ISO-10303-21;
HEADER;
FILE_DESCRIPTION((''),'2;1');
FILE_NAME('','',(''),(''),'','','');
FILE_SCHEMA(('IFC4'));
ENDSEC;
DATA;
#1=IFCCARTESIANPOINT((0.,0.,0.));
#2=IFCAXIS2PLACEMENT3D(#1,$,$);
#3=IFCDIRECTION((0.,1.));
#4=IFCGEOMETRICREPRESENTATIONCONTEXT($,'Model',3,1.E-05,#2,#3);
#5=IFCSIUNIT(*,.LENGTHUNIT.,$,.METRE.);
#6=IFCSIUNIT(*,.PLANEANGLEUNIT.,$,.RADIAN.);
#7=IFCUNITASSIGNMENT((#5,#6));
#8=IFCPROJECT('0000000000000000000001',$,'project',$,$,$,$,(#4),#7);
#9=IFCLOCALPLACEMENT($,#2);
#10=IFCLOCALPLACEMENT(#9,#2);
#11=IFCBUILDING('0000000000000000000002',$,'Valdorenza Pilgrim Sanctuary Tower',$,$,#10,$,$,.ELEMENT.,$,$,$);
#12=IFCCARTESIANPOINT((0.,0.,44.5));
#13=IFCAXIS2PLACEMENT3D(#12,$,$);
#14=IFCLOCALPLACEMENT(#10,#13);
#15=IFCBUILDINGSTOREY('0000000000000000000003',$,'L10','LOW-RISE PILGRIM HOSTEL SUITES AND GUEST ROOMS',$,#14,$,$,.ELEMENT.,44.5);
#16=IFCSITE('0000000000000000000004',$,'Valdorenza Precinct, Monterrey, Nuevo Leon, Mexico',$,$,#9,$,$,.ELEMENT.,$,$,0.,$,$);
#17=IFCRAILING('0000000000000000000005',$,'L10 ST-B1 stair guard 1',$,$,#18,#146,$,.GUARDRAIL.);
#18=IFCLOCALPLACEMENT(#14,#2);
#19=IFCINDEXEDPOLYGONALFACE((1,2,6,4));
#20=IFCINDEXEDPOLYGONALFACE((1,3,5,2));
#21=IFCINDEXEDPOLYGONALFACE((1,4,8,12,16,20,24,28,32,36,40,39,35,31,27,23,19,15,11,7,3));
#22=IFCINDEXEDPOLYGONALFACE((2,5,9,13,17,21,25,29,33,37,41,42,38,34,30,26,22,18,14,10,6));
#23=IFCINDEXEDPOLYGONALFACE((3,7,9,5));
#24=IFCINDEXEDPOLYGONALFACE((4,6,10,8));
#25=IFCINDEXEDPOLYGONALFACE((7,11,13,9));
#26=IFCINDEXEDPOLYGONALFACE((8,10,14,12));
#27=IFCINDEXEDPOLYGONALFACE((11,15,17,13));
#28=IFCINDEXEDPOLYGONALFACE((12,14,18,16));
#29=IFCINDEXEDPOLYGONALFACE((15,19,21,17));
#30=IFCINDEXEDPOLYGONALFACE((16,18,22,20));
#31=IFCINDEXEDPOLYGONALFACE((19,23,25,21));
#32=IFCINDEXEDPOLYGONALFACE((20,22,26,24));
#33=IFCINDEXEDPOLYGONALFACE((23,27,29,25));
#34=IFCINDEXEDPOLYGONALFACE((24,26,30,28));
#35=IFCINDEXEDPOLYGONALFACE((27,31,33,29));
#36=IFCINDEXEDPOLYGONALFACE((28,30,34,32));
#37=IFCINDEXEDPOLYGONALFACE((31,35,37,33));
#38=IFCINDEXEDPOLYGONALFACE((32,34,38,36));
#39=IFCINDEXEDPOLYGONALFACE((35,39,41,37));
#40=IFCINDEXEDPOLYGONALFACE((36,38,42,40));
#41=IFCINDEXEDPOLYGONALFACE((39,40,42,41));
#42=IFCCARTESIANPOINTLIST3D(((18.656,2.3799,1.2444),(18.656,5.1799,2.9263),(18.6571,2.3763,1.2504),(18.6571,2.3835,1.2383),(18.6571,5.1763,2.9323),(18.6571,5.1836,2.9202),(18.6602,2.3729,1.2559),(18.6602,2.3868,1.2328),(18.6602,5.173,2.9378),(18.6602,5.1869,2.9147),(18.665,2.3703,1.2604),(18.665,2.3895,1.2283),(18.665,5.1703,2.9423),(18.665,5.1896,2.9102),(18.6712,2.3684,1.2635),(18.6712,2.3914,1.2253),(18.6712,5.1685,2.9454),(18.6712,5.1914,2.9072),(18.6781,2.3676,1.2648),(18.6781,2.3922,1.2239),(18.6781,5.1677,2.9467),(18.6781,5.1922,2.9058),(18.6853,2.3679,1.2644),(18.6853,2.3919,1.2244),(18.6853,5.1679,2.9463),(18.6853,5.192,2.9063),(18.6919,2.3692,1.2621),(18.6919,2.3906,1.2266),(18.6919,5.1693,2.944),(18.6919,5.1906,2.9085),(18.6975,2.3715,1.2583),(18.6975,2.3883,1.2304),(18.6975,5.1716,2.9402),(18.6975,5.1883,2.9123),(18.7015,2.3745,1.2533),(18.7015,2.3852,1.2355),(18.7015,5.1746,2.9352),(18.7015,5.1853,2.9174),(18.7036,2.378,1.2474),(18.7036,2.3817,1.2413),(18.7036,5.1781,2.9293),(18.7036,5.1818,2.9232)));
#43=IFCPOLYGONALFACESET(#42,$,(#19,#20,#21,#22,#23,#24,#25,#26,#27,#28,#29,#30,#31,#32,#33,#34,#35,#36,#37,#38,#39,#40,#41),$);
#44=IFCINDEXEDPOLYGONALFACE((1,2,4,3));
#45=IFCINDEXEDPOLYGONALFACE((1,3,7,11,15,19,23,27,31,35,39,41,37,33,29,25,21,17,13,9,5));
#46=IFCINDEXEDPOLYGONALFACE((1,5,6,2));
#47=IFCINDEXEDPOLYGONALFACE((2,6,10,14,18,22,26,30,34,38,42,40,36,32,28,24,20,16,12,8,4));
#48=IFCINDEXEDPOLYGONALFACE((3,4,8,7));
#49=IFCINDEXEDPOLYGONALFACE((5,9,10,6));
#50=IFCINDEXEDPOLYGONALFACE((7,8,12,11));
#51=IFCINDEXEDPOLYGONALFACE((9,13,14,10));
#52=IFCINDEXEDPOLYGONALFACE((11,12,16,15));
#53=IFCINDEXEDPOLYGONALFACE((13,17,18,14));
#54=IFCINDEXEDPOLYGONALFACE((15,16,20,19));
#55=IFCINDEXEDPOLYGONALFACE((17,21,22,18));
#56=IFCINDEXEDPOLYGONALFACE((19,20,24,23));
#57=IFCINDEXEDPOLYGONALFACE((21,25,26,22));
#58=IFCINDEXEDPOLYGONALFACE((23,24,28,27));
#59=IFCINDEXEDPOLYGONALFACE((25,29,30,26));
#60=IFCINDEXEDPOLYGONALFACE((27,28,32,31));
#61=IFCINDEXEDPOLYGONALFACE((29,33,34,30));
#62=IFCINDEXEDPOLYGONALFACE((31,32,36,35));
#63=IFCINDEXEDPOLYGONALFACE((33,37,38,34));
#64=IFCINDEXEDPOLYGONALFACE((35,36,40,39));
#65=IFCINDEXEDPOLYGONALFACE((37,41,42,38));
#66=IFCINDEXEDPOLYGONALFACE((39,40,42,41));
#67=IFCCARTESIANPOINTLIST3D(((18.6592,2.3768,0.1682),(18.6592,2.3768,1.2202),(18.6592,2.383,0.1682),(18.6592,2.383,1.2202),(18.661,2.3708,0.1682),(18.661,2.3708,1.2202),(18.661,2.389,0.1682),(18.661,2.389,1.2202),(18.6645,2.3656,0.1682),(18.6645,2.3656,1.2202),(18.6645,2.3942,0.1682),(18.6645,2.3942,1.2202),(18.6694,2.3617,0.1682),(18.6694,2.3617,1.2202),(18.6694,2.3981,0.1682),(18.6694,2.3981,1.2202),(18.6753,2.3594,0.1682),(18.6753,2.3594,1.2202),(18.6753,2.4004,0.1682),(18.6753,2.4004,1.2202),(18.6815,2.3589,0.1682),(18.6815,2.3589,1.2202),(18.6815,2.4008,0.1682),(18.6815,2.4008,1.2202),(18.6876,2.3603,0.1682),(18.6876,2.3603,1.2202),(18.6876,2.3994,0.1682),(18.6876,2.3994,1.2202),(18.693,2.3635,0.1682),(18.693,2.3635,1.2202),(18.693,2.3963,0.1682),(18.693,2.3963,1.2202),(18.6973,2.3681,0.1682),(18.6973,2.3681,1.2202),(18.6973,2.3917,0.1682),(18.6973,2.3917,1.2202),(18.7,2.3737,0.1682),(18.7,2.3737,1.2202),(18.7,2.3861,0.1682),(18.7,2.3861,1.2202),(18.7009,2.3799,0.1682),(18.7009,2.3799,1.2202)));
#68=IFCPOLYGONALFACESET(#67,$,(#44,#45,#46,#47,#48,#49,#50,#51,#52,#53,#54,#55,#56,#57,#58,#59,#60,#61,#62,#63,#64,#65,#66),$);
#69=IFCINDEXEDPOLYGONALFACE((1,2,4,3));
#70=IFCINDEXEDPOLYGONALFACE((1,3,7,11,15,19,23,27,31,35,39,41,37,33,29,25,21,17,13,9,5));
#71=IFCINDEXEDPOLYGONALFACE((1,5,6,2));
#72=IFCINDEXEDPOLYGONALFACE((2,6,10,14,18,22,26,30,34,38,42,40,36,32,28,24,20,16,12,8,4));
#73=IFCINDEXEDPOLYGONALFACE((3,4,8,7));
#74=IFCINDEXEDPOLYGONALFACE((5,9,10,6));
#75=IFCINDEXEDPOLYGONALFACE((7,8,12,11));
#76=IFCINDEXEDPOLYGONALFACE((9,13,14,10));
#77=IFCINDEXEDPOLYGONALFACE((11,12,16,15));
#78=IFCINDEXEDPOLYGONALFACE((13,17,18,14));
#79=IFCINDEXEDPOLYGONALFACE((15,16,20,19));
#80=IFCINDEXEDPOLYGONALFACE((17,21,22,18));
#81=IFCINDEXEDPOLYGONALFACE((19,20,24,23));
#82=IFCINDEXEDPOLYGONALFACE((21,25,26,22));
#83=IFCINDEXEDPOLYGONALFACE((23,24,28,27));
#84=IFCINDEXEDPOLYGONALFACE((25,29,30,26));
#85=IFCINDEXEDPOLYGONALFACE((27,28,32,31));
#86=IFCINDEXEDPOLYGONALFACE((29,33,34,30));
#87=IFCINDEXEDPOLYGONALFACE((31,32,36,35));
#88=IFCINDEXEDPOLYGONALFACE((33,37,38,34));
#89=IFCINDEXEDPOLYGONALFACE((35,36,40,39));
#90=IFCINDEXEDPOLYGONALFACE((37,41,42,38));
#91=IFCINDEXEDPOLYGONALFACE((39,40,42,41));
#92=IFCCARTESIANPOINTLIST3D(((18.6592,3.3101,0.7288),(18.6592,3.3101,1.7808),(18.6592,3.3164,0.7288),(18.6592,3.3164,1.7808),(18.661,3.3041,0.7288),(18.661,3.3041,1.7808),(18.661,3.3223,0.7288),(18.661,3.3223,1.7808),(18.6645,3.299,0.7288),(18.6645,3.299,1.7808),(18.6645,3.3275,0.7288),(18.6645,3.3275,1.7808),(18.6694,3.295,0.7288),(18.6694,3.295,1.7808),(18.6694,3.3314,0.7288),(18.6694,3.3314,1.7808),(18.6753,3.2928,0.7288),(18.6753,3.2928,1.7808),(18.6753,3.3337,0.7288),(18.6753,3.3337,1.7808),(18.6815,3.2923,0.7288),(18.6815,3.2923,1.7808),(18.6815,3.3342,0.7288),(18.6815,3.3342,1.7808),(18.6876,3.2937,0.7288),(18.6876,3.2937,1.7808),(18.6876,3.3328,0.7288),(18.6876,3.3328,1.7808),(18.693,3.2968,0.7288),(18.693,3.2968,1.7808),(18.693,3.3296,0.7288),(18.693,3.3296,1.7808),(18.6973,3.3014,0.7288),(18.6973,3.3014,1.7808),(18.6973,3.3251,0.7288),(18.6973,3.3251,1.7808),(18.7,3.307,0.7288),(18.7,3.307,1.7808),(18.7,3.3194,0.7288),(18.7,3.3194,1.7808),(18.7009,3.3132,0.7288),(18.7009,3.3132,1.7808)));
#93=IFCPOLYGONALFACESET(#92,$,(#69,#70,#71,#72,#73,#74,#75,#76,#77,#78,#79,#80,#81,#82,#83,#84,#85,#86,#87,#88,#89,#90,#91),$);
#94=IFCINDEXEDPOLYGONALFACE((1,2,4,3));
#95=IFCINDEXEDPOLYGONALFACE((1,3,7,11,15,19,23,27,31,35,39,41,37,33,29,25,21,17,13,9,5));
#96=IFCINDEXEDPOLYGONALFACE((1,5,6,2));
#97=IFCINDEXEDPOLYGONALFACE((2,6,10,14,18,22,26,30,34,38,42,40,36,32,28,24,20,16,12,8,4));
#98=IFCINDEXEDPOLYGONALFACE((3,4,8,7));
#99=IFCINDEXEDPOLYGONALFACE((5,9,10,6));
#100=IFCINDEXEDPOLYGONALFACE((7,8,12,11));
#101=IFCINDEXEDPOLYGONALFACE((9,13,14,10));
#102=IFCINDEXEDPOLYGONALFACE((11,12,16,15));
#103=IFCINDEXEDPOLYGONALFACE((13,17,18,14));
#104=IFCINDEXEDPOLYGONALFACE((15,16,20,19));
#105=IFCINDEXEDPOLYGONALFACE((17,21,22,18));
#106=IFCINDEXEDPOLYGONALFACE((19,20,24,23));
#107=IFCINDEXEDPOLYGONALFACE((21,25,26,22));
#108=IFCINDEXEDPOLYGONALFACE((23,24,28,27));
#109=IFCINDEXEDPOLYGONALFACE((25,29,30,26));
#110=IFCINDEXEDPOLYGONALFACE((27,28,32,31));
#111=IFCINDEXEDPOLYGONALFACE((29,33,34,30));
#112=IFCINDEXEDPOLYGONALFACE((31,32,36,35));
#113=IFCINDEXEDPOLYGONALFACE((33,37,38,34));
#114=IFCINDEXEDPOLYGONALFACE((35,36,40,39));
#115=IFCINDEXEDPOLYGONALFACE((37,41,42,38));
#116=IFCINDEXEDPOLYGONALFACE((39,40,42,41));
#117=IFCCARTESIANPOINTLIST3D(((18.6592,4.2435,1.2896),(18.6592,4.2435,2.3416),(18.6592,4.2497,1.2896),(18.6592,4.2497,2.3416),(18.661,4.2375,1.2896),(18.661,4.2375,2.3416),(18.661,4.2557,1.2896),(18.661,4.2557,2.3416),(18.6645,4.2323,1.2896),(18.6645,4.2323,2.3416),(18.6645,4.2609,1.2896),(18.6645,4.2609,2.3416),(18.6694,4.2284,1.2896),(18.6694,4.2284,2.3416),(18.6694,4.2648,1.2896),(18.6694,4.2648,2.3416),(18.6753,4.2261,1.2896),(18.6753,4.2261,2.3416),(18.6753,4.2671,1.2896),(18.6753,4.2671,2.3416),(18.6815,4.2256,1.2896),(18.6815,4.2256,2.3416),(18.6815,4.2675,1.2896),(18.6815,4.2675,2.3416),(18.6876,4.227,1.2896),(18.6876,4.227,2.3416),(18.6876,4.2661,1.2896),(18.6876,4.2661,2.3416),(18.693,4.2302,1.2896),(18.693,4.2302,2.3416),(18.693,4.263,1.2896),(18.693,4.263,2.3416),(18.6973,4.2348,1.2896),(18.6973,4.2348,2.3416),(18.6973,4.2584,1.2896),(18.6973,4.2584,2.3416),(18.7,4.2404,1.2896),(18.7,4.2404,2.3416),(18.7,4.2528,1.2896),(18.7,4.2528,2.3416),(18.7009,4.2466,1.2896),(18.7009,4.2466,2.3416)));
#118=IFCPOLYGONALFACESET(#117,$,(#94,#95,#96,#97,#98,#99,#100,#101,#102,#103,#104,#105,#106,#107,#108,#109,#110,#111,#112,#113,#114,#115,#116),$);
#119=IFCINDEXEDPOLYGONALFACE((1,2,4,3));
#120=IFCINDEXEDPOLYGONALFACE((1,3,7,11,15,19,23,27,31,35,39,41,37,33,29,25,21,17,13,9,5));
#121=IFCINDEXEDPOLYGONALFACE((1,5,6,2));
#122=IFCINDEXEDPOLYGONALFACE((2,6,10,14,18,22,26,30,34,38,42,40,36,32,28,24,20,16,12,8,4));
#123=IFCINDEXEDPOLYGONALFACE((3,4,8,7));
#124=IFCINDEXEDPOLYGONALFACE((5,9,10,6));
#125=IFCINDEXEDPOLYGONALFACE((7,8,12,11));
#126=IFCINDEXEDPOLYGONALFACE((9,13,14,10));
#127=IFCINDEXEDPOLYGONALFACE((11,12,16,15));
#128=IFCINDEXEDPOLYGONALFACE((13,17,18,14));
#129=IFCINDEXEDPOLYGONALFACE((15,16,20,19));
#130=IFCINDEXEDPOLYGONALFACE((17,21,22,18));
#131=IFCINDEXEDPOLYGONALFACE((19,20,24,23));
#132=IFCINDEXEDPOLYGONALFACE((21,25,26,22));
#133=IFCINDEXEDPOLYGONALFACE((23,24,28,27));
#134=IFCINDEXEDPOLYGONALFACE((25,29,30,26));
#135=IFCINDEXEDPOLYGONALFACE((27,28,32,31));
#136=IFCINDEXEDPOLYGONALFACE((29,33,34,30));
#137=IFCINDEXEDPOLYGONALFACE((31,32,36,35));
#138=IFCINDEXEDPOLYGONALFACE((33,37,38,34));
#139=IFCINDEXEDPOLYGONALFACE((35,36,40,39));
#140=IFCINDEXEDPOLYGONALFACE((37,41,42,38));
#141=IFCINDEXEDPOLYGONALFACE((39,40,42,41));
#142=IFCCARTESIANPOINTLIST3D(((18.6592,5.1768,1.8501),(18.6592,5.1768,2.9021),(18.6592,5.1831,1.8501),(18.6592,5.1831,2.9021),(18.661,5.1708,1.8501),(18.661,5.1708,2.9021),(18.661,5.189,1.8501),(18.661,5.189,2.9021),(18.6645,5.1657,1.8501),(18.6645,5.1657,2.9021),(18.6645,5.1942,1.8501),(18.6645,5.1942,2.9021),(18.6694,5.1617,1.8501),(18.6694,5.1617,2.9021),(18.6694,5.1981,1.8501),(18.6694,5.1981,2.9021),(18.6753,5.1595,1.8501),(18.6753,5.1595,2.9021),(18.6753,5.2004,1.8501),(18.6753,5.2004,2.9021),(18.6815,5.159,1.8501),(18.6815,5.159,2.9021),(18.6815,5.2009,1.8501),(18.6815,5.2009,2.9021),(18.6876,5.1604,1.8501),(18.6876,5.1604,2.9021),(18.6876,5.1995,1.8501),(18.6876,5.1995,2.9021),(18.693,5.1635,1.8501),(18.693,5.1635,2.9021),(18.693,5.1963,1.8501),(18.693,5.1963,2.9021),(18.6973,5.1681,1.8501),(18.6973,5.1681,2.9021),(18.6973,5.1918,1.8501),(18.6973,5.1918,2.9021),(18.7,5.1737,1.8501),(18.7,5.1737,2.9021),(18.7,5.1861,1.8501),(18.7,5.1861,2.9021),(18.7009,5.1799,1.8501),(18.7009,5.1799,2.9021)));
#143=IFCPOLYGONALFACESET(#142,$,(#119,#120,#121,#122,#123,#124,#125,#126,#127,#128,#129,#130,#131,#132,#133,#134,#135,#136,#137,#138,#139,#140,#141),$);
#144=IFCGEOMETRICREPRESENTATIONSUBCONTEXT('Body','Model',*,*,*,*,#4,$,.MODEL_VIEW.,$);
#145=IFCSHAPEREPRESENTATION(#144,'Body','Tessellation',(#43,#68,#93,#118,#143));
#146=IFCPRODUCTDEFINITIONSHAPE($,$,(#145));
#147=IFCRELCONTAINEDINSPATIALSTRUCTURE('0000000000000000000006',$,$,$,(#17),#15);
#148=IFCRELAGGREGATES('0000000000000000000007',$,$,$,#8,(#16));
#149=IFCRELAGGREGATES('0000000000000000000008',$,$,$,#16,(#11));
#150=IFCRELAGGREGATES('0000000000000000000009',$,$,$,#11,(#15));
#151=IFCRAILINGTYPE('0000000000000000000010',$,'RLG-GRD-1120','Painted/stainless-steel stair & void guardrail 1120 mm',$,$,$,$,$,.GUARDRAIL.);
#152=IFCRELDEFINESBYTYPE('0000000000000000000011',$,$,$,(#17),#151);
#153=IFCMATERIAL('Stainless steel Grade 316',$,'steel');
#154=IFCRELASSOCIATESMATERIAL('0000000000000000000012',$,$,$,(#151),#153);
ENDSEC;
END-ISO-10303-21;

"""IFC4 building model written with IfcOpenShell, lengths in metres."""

from ifc_helpers import new_model, si_unit, direction, frame, origin, origin_2d, place, context, subcontext, project, spatial, circle, extrude, material, type_object, element, save


model = new_model("IFC4")

# Units and contexts
model_context = context("Model", 3, precision=1e-05, world=origin(), true_north=direction((0.0, 1.0)))
body_context = subcontext(model_context, "Body", "Model", "MODEL_VIEW")
ifc_project = project(units=[si_unit("LENGTHUNIT", "METRE"), si_unit("PLANEANGLEUNIT", "RADIAN")], contexts=[model_context])

# Site, building, storey
site_placement = place(None, origin())
site = spatial("IfcSite", under=ifc_project, at=site_placement, Name="Valdorenza Precinct, Monterrey, Nuevo Leon, Mexico", CompositionType="ELEMENT", RefElevation=0.0)
building_placement = place(site_placement, origin())
building = spatial("IfcBuilding", under=site, at=building_placement, Name="Valdorenza Pilgrim Sanctuary Tower", CompositionType="ELEMENT")
storey_placement = place(building_placement, frame((0.0, 0.0, 44.5)))
storey = spatial("IfcBuildingStorey", under=building, at=storey_placement, Name="L10", Description="LOW-RISE PILGRIM HOSTEL SUITES AND GUEST ROOMS", CompositionType="ELEMENT", Elevation=44.5)

# Railing
ifc_material_1 = material(Name="Stainless steel Grade 316", Category="steel")
railing_type_1 = type_object("IfcRailingType", Name="RLG-GRD-1120", Description="Painted/stainless-steel stair & void guardrail 1120 mm", PredefinedType="GUARDRAIL", material=ifc_material_1)
railing_1_placement = place(storey_placement, frame((18.6799, 2.3799, 0.1682)))
element("IfcRailing", 1, at=railing_1_placement, inside=storey, type_object=railing_type_1, Name="L10 ST-B1 stair guard 1", PredefinedType="GUARDRAIL", context=body_context, shape_type="SweptSolid", body=[
    extrude(circle(Radius=0.0239, at=origin_2d()), frame((0.0, 0.0, 1.0762), z_axis=(0.0, 0.857242, 0.514913), x_axis=(-1.0, 0.0, 0.0)), (0.0, 0.0, 1.0), 3.2664),
    extrude(circle(Radius=0.021, at=origin_2d()), origin(), (0.0, 0.0, 1.0), 1.052),
    extrude(circle(Radius=0.021, at=origin_2d()), frame((0.0, 0.9333, 0.5605)), (0.0, 0.0, 1.0), 1.052),
    extrude(circle(Radius=0.021, at=origin_2d()), frame((0.0, 1.8667, 1.1213)), (0.0, 0.0, 1.0), 1.052),
    extrude(circle(Radius=0.021, at=origin_2d()), frame((0.0, 2.8, 1.6819)), (0.0, 0.0, 1.0), 1.052),
])

save(model, "model.ifc")
